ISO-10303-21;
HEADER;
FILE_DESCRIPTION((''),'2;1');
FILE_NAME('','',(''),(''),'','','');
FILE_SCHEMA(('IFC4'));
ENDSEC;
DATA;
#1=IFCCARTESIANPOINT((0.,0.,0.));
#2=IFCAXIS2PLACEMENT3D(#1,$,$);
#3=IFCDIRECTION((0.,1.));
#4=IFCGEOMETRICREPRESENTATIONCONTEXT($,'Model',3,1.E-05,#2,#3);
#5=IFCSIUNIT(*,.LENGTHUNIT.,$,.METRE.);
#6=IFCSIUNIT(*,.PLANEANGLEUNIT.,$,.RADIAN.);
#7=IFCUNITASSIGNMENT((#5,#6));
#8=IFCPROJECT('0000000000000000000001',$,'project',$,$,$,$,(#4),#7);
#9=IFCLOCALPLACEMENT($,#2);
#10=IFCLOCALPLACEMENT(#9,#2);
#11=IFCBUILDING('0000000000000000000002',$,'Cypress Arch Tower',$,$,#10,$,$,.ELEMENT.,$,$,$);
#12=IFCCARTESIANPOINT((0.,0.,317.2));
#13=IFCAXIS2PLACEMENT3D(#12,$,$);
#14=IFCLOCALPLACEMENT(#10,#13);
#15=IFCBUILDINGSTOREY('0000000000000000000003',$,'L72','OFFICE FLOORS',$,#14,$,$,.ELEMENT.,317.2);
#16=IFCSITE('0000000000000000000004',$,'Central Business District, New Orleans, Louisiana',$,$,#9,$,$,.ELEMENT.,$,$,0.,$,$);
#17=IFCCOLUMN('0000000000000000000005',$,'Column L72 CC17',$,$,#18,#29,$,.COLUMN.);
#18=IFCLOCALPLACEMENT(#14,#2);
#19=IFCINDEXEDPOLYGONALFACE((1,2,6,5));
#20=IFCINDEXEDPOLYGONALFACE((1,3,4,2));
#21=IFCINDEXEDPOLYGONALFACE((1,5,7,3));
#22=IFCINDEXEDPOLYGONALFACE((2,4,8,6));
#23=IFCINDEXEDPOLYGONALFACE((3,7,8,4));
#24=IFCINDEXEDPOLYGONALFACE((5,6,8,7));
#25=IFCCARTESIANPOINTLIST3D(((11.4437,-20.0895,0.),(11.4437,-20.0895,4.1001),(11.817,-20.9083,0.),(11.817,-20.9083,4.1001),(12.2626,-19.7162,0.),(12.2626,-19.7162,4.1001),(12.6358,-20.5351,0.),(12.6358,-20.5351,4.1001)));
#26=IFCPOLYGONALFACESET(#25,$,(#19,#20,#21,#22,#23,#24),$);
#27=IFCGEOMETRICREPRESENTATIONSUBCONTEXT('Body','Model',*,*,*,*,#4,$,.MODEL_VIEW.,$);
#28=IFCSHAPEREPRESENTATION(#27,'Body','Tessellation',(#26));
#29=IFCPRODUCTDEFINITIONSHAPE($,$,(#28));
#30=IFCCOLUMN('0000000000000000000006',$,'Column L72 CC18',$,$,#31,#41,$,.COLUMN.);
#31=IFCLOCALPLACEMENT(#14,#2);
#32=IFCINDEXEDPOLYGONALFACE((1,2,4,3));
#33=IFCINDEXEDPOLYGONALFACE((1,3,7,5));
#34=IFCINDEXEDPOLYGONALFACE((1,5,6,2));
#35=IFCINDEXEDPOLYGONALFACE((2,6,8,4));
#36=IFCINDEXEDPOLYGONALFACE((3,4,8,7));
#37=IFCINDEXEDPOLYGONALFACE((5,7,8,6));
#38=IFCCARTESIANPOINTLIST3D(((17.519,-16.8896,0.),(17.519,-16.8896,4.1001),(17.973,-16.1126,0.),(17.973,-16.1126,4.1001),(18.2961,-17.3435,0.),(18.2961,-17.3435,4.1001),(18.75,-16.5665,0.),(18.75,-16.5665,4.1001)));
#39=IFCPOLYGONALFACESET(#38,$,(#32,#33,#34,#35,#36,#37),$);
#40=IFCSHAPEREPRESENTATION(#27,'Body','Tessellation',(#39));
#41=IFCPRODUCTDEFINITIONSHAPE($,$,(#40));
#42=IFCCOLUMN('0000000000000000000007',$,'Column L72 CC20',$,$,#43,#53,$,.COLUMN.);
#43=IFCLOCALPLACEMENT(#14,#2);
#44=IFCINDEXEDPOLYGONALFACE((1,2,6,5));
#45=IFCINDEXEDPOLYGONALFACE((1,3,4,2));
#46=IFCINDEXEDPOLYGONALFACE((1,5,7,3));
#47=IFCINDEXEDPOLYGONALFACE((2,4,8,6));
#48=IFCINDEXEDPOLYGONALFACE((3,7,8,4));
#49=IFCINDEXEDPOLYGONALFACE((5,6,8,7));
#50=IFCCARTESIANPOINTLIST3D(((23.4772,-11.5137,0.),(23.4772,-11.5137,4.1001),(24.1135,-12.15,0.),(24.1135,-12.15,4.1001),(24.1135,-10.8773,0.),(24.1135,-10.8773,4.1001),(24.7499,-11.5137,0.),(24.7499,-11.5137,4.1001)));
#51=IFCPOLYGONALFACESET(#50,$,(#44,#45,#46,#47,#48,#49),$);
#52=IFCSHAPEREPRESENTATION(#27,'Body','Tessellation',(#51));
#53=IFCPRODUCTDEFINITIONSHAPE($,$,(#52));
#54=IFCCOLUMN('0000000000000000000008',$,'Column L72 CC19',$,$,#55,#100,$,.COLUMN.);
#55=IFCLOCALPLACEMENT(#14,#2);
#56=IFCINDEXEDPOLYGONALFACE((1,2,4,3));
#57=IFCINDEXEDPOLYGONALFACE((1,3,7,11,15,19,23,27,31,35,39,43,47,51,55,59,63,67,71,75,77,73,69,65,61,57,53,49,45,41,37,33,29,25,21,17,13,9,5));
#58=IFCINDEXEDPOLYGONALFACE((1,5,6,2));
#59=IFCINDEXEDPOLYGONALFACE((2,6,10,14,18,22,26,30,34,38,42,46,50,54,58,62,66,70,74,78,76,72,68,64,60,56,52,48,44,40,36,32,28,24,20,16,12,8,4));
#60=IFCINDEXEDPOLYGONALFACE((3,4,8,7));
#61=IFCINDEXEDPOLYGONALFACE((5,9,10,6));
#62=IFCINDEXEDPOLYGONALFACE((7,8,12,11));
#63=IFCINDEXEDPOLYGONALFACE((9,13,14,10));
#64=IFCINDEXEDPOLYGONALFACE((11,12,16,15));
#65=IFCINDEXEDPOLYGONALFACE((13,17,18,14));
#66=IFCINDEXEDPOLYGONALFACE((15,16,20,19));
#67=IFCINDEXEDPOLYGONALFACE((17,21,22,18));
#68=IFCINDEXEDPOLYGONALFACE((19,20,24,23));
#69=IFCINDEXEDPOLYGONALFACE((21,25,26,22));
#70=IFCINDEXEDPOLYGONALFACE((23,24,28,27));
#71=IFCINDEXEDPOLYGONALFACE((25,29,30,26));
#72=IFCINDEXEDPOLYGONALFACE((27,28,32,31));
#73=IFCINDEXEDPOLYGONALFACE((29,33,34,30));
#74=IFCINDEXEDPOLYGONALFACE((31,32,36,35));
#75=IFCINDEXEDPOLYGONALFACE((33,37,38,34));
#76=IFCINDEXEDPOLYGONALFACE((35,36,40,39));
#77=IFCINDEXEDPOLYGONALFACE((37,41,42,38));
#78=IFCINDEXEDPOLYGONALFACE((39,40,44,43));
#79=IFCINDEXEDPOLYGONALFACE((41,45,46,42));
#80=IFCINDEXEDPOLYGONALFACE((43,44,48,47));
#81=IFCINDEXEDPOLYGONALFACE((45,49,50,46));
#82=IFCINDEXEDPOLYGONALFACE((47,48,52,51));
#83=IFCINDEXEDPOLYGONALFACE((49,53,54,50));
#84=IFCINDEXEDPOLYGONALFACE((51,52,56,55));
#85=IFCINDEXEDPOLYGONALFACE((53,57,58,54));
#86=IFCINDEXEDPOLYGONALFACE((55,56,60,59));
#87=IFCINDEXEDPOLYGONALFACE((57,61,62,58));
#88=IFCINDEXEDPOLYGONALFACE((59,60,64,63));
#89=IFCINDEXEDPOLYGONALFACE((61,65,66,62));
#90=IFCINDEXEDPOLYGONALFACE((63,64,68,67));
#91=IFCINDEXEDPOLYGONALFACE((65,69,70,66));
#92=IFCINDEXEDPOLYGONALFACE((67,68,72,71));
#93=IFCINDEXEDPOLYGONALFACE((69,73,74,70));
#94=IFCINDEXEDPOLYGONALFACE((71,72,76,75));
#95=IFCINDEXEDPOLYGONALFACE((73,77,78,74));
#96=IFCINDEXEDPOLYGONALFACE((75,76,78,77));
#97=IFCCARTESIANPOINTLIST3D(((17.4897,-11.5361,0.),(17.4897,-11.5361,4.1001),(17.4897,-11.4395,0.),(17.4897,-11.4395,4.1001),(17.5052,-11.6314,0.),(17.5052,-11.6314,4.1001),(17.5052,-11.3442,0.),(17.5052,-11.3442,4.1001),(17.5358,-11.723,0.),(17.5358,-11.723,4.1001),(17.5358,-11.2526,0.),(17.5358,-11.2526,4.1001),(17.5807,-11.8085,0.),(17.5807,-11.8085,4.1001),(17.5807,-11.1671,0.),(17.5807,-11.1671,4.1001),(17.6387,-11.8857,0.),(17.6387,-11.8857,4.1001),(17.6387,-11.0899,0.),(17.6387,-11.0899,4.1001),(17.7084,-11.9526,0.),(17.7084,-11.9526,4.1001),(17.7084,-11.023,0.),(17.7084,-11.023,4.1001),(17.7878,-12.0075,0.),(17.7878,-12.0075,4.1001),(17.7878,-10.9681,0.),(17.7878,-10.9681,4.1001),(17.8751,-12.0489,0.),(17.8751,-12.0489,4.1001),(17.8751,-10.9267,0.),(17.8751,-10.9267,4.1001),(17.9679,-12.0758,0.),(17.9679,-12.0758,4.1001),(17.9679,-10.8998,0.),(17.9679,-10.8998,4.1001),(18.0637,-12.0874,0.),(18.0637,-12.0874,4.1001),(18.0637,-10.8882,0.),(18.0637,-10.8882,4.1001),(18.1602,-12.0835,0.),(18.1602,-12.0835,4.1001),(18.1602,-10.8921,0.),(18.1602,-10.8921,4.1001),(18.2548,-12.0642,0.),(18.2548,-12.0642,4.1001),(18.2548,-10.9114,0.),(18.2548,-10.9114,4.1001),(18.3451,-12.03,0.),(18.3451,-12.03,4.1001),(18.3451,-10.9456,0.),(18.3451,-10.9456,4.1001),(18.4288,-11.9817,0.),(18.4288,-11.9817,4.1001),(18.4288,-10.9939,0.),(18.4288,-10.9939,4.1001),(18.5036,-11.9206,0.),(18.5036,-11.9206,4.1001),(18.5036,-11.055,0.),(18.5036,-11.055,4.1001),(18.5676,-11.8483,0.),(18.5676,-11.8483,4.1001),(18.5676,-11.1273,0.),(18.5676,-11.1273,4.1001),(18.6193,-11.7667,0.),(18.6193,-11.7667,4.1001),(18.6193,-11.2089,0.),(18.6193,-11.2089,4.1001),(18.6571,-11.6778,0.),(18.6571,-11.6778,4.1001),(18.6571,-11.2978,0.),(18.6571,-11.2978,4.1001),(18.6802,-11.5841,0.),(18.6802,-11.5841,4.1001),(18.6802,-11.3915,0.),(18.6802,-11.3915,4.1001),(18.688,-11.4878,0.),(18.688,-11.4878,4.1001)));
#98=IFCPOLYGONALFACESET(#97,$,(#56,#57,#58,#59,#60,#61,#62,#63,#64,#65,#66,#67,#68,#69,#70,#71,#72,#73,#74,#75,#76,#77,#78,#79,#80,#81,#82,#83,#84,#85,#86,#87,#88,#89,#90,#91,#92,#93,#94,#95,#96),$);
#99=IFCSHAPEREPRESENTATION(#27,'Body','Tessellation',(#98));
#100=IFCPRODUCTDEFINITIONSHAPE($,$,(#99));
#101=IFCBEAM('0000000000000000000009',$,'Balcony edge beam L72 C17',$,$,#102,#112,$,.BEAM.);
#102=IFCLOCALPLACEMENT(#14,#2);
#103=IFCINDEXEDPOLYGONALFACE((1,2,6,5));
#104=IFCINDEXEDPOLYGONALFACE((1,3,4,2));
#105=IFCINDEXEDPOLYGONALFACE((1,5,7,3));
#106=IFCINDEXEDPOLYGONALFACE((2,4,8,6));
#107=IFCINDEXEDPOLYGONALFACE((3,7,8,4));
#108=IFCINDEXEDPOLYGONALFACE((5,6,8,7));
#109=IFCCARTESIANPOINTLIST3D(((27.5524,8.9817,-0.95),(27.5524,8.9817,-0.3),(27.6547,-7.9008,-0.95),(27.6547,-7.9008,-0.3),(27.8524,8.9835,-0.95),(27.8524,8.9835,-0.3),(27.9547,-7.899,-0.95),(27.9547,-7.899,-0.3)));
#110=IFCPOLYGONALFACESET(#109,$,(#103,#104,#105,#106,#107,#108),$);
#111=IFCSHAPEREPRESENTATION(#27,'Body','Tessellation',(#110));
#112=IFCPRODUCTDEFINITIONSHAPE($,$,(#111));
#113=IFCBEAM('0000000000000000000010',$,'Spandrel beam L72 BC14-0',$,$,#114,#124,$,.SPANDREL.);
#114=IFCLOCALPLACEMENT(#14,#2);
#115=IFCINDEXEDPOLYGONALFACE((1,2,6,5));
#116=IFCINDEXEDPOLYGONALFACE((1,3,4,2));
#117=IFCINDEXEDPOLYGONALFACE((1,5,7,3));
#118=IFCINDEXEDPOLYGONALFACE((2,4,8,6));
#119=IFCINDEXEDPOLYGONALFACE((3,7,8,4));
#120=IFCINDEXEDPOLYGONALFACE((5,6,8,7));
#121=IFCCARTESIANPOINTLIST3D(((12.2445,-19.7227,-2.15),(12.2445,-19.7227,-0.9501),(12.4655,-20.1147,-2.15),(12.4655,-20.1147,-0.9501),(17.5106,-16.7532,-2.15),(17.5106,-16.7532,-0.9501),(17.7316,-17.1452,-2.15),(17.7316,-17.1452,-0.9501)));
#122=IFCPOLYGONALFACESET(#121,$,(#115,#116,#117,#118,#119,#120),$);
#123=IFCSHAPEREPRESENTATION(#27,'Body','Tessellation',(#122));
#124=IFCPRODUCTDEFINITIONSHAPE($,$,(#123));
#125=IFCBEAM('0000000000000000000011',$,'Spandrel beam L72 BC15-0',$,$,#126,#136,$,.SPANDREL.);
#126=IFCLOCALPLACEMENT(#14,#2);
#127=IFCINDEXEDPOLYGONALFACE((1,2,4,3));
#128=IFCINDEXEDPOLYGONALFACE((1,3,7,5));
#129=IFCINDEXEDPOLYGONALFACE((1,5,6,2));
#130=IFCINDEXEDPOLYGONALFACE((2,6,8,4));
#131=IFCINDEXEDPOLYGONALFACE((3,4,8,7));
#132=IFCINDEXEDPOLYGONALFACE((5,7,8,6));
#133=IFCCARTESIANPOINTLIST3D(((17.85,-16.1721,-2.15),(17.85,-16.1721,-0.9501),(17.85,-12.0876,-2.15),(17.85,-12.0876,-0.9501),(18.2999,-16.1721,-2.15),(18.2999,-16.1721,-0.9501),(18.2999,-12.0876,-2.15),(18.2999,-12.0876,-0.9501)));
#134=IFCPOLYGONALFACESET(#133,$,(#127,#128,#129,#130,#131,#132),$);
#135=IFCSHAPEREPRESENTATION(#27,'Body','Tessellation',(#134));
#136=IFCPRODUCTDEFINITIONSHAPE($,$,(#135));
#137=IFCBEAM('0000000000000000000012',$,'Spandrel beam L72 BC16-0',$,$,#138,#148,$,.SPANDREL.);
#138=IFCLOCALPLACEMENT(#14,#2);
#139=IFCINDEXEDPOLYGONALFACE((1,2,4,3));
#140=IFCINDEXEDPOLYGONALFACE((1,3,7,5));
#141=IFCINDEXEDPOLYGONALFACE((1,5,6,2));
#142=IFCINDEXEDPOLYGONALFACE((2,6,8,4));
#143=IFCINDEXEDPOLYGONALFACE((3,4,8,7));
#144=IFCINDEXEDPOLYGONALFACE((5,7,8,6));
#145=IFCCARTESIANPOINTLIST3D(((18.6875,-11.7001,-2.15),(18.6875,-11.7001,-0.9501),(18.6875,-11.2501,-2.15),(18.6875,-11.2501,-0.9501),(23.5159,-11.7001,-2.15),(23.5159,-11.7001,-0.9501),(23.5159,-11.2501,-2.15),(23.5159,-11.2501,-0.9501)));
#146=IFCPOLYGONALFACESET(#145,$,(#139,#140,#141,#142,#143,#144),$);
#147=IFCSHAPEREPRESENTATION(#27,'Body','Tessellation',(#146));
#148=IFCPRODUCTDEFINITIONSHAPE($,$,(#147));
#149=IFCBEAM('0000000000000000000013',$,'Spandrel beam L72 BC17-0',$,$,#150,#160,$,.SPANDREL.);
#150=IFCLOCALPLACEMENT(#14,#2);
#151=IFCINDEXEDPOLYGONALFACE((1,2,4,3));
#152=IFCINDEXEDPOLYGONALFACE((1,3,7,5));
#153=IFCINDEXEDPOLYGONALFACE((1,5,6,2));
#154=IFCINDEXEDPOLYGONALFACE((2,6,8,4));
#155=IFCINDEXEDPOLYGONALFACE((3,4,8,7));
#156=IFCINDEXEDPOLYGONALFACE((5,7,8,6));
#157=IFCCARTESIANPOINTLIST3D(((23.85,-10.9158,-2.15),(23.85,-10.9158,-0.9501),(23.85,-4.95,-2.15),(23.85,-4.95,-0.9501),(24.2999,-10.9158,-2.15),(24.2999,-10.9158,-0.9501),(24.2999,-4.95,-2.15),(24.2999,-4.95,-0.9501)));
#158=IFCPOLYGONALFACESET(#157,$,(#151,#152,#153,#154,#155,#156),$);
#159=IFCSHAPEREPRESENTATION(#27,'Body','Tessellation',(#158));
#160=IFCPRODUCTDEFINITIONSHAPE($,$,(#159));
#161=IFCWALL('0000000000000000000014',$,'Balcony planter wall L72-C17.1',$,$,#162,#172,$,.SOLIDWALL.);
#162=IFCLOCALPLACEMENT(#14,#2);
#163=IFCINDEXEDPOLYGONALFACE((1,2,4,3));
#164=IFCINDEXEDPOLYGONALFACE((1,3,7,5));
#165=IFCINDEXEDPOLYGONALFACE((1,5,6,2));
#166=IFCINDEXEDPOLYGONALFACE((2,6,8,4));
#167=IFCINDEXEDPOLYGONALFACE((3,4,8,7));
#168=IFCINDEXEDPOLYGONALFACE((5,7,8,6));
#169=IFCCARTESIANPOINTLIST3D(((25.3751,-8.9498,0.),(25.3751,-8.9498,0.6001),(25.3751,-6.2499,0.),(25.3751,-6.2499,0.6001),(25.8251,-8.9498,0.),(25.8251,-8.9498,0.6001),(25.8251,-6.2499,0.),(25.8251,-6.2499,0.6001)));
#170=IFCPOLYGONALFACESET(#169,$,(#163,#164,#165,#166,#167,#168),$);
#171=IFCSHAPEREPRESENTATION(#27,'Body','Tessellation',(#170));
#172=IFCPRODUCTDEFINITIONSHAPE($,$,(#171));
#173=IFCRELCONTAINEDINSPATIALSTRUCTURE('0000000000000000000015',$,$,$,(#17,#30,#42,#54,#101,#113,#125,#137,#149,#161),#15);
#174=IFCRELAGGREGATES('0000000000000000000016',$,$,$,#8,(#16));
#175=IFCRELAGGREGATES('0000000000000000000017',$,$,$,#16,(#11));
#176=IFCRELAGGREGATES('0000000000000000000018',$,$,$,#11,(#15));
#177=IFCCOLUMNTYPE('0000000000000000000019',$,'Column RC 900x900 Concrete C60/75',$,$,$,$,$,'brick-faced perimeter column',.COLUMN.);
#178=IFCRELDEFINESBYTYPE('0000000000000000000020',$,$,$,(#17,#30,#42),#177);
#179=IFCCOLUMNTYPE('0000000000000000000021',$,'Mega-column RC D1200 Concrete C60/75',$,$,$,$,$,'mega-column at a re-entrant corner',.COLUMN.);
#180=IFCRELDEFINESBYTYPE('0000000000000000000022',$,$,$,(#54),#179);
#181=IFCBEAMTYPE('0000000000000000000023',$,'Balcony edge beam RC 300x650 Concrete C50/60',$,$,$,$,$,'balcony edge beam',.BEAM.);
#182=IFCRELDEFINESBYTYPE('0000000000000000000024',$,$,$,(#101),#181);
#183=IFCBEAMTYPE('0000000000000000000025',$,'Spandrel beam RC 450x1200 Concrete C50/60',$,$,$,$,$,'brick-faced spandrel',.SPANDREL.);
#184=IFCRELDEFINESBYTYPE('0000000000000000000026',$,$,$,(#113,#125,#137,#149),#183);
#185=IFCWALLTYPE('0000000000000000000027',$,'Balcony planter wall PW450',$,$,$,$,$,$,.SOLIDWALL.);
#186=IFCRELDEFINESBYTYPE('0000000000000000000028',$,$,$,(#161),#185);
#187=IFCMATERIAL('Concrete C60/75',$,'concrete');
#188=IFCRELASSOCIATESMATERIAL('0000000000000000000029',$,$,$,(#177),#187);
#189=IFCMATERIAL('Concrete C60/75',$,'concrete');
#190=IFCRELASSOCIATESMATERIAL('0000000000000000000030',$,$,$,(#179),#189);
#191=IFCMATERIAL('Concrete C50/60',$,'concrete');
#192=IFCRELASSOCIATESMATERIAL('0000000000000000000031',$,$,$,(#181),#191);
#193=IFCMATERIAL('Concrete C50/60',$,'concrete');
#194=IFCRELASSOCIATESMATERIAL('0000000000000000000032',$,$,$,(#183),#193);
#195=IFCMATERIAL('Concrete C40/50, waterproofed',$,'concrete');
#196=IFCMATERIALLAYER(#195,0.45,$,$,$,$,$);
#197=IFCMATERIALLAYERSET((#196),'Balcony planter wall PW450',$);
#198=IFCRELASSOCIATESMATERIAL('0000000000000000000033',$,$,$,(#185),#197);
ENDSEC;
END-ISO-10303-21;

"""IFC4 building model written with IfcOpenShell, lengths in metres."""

from ifc_helpers import new_model, si_unit, direction, frame, frame_2d, origin, origin_2d, place, context, subcontext, project, spatial, rectangle, circle, extrude, material, layer, layer_set, material_profile, profile_set, type_object, element, save


model = new_model("IFC4")

# Units and contexts
model_context = context("Model", 3, precision=1e-05, world=origin(), true_north=direction((0.0, 1.0)))
body_context = subcontext(model_context, "Body", "Model", "MODEL_VIEW")
ifc_project = project(units=[si_unit("LENGTHUNIT", "METRE"), si_unit("PLANEANGLEUNIT", "RADIAN")], contexts=[model_context])

# Site, building, storey
site_placement = place(None, origin())
site = spatial("IfcSite", under=ifc_project, at=site_placement, Name="Central Business District, New Orleans, Louisiana", CompositionType="ELEMENT", RefElevation=0.0)
building_placement = place(site_placement, origin())
building = spatial("IfcBuilding", under=site, at=building_placement, Name="Cypress Arch Tower", CompositionType="ELEMENT")
storey_placement = place(building_placement, frame((0.0, 0.0, 317.2)))
storey = spatial("IfcBuildingStorey", under=building, at=storey_placement, Name="L72", Description="OFFICE FLOORS", CompositionType="ELEMENT", Elevation=317.2)

# Columns
ifc_material_1 = material(Name="Concrete C60/75", Category="concrete")
ifc_material_profile_1 = material_profile(ifc_material_1, rectangle(XDim=0.8999, YDim=0.8999, at=origin_2d()), Name="RC 900x900")
ifc_profile_set_1 = profile_set([ifc_material_profile_1], Name="Concrete C60/75")
column_type_1 = type_object("IfcColumnType", Name="Column RC 900x900 Concrete C60/75", ElementType="brick-faced perimeter column", PredefinedType="COLUMN", material=ifc_profile_set_1)
for number, where, z_axis, x_axis, name in (
    (1, (12.0398, -20.3123, 0.0), (0.0, 0.0, 1.0), (0.909932, 0.414757, 0.0), "Column L72 CC17"),
    (2, (18.1345, -16.728, 0.0), (0.0, 0.0, 1.0), (0.504399, 0.863471, 0.0), "Column L72 CC18"),
    (3, (24.1135, -11.5137, 0.0), (0.0, 0.0, 1.0), (0.707107, 0.707107, 0.0), "Column L72 CC20"),
):
    element("IfcColumn", number, at=place(storey_placement, frame(where, z_axis=z_axis, x_axis=x_axis)), inside=storey, type_object=column_type_1, Name=name, PredefinedType="COLUMN", context=body_context, shape_type="SweptSolid", body=[
        extrude(rectangle(XDim=0.8999, YDim=0.8999, at=origin_2d()), origin(), (0.0, 0.0, 1.0), 4.1001),
    ])
ifc_material_2 = material(Name="Concrete C60/75", Category="concrete")
ifc_material_profile_2 = material_profile(ifc_material_2, circle(Radius=0.6001, at=origin_2d()), Name="RC D1200")
ifc_profile_set_2 = profile_set([ifc_material_profile_2], Name="Concrete C60/75")
column_type_2 = type_object("IfcColumnType", Name="Mega-column RC D1200 Concrete C60/75", ElementType="mega-column at a re-entrant corner", PredefinedType="COLUMN", material=ifc_profile_set_2)
column_placement = place(storey_placement, frame((18.0879, -11.4878, 0.0), z_axis=(0.0, 0.0, 1.0), x_axis=(1.0, 0.0, 0.0)))
element("IfcColumn", 4, at=column_placement, inside=storey, type_object=column_type_2, Name="Column L72 CC19", PredefinedType="COLUMN", context=body_context, shape_type="SweptSolid", body=[
    extrude(circle(Radius=0.6001, at=origin_2d()), origin(), (0.0, 0.0, 1.0), 4.1001),
])

# Beams
ifc_material_3 = material(Name="Concrete C50/60", Category="concrete")
ifc_material_profile_3 = material_profile(ifc_material_3, rectangle(XDim=0.3, YDim=0.6499, at=origin_2d()), Name="RC 300x650")
ifc_profile_set_3 = profile_set([ifc_material_profile_3], Name="Concrete C50/60")
beam_type_1 = type_object("IfcBeamType", Name="Balcony edge beam RC 300x650 Concrete C50/60", ElementType="balcony edge beam", PredefinedType="BEAM", material=ifc_profile_set_3)
beam_1_placement = place(storey_placement, frame((27.8047, -7.8999, -0.625), z_axis=(-0.006059, 0.999982, 0.0), x_axis=(-0.999982, -0.006059, 0.0)))
element("IfcBeam", 5, at=beam_1_placement, inside=storey, type_object=beam_type_1, Name="Balcony edge beam L72 C17", PredefinedType="BEAM", context=body_context, shape_type="SweptSolid", body=[
    extrude(rectangle(XDim=0.3, YDim=0.6499, at=origin_2d()), origin(), (0.0, 0.0, 1.0), 16.8828),
])
ifc_material_4 = material(Name="Concrete C50/60", Category="concrete")
ifc_material_profile_4 = material_profile(ifc_material_4, rectangle(XDim=0.45, YDim=1.2, at=origin_2d()), Name="RC 450x1200")
ifc_profile_set_4 = profile_set([ifc_material_profile_4], Name="Concrete C50/60")
beam_type_2 = type_object("IfcBeamType", Name="Spandrel beam RC 450x1200 Concrete C50/60", ElementType="brick-faced spandrel", PredefinedType="SPANDREL", material=ifc_profile_set_4)
beam_2_placement = place(storey_placement, frame((12.355, -19.9187, -1.55), z_axis=(0.87106, 0.491177, 0.0), x_axis=(-0.491177, 0.87106, 0.0)))
element("IfcBeam", 6, at=beam_2_placement, inside=storey, type_object=beam_type_2, Name="Spandrel beam L72 BC14-0", PredefinedType="SPANDREL", context=body_context, shape_type="SweptSolid", body=[
    extrude(rectangle(XDim=0.45, YDim=1.2, at=origin_2d()), origin(), (0.0, 0.0, 1.0), 6.0457),
])
beam_3_placement = place(storey_placement, frame((18.075, -16.1721, -1.55), z_axis=(0.0, 1.0, 0.0), x_axis=(-1.0, 0.0, 0.0)))
element("IfcBeam", 7, at=beam_3_placement, inside=storey, type_object=beam_type_2, Name="Spandrel beam L72 BC15-0", PredefinedType="SPANDREL", context=body_context, shape_type="SweptSolid", body=[
    extrude(rectangle(XDim=0.45, YDim=1.2, at=origin_2d()), origin(), (0.0, 0.0, 1.0), 4.0845),
])
beam_4_placement = place(storey_placement, frame((18.6875, -11.4751, -1.55), z_axis=(1.0, 0.0, 0.0), x_axis=(0.0, 1.0, 0.0)))
element("IfcBeam", 8, at=beam_4_placement, inside=storey, type_object=beam_type_2, Name="Spandrel beam L72 BC16-0", PredefinedType="SPANDREL", context=body_context, shape_type="SweptSolid", body=[
    extrude(rectangle(XDim=0.45, YDim=1.2, at=origin_2d()), origin(), (0.0, 0.0, 1.0), 4.8284),
])
beam_5_placement = place(storey_placement, frame((24.075, -10.9158, -1.55), z_axis=(0.0, 1.0, 0.0), x_axis=(-1.0, 0.0, 0.0)))
element("IfcBeam", 9, at=beam_5_placement, inside=storey, type_object=beam_type_2, Name="Spandrel beam L72 BC17-0", PredefinedType="SPANDREL", context=body_context, shape_type="SweptSolid", body=[
    extrude(rectangle(XDim=0.45, YDim=1.2, at=origin_2d()), origin(), (0.0, 0.0, 1.0), 5.9658),
])

# Wall
ifc_material_5 = material(Name="Concrete C40/50, waterproofed", Category="concrete")
ifc_layer_1 = layer(ifc_material_5, 0.45)
ifc_layer_set_1 = layer_set([ifc_layer_1], Name="Balcony planter wall PW450")
wall_type_1 = type_object("IfcWallType", Name="Balcony planter wall PW450", PredefinedType="SOLIDWALL", material=ifc_layer_set_1)
wall_1_placement = place(storey_placement, frame((25.6001, -8.95, 0.0), z_axis=(0.0, 0.0, 1.0), x_axis=(0.0, 1.0, 0.0)))
element("IfcWall", 10, at=wall_1_placement, inside=storey, type_object=wall_type_1, Name="Balcony planter wall L72-C17.1", PredefinedType="SOLIDWALL", context=body_context, shape_type="SweptSolid", body=[
    extrude(rectangle(XDim=2.7, YDim=0.45, at=frame_2d((1.3501, 0.0))), origin(), (0.0, 0.0, 1.0), 0.6001),
])

save(model, "model.ifc")
